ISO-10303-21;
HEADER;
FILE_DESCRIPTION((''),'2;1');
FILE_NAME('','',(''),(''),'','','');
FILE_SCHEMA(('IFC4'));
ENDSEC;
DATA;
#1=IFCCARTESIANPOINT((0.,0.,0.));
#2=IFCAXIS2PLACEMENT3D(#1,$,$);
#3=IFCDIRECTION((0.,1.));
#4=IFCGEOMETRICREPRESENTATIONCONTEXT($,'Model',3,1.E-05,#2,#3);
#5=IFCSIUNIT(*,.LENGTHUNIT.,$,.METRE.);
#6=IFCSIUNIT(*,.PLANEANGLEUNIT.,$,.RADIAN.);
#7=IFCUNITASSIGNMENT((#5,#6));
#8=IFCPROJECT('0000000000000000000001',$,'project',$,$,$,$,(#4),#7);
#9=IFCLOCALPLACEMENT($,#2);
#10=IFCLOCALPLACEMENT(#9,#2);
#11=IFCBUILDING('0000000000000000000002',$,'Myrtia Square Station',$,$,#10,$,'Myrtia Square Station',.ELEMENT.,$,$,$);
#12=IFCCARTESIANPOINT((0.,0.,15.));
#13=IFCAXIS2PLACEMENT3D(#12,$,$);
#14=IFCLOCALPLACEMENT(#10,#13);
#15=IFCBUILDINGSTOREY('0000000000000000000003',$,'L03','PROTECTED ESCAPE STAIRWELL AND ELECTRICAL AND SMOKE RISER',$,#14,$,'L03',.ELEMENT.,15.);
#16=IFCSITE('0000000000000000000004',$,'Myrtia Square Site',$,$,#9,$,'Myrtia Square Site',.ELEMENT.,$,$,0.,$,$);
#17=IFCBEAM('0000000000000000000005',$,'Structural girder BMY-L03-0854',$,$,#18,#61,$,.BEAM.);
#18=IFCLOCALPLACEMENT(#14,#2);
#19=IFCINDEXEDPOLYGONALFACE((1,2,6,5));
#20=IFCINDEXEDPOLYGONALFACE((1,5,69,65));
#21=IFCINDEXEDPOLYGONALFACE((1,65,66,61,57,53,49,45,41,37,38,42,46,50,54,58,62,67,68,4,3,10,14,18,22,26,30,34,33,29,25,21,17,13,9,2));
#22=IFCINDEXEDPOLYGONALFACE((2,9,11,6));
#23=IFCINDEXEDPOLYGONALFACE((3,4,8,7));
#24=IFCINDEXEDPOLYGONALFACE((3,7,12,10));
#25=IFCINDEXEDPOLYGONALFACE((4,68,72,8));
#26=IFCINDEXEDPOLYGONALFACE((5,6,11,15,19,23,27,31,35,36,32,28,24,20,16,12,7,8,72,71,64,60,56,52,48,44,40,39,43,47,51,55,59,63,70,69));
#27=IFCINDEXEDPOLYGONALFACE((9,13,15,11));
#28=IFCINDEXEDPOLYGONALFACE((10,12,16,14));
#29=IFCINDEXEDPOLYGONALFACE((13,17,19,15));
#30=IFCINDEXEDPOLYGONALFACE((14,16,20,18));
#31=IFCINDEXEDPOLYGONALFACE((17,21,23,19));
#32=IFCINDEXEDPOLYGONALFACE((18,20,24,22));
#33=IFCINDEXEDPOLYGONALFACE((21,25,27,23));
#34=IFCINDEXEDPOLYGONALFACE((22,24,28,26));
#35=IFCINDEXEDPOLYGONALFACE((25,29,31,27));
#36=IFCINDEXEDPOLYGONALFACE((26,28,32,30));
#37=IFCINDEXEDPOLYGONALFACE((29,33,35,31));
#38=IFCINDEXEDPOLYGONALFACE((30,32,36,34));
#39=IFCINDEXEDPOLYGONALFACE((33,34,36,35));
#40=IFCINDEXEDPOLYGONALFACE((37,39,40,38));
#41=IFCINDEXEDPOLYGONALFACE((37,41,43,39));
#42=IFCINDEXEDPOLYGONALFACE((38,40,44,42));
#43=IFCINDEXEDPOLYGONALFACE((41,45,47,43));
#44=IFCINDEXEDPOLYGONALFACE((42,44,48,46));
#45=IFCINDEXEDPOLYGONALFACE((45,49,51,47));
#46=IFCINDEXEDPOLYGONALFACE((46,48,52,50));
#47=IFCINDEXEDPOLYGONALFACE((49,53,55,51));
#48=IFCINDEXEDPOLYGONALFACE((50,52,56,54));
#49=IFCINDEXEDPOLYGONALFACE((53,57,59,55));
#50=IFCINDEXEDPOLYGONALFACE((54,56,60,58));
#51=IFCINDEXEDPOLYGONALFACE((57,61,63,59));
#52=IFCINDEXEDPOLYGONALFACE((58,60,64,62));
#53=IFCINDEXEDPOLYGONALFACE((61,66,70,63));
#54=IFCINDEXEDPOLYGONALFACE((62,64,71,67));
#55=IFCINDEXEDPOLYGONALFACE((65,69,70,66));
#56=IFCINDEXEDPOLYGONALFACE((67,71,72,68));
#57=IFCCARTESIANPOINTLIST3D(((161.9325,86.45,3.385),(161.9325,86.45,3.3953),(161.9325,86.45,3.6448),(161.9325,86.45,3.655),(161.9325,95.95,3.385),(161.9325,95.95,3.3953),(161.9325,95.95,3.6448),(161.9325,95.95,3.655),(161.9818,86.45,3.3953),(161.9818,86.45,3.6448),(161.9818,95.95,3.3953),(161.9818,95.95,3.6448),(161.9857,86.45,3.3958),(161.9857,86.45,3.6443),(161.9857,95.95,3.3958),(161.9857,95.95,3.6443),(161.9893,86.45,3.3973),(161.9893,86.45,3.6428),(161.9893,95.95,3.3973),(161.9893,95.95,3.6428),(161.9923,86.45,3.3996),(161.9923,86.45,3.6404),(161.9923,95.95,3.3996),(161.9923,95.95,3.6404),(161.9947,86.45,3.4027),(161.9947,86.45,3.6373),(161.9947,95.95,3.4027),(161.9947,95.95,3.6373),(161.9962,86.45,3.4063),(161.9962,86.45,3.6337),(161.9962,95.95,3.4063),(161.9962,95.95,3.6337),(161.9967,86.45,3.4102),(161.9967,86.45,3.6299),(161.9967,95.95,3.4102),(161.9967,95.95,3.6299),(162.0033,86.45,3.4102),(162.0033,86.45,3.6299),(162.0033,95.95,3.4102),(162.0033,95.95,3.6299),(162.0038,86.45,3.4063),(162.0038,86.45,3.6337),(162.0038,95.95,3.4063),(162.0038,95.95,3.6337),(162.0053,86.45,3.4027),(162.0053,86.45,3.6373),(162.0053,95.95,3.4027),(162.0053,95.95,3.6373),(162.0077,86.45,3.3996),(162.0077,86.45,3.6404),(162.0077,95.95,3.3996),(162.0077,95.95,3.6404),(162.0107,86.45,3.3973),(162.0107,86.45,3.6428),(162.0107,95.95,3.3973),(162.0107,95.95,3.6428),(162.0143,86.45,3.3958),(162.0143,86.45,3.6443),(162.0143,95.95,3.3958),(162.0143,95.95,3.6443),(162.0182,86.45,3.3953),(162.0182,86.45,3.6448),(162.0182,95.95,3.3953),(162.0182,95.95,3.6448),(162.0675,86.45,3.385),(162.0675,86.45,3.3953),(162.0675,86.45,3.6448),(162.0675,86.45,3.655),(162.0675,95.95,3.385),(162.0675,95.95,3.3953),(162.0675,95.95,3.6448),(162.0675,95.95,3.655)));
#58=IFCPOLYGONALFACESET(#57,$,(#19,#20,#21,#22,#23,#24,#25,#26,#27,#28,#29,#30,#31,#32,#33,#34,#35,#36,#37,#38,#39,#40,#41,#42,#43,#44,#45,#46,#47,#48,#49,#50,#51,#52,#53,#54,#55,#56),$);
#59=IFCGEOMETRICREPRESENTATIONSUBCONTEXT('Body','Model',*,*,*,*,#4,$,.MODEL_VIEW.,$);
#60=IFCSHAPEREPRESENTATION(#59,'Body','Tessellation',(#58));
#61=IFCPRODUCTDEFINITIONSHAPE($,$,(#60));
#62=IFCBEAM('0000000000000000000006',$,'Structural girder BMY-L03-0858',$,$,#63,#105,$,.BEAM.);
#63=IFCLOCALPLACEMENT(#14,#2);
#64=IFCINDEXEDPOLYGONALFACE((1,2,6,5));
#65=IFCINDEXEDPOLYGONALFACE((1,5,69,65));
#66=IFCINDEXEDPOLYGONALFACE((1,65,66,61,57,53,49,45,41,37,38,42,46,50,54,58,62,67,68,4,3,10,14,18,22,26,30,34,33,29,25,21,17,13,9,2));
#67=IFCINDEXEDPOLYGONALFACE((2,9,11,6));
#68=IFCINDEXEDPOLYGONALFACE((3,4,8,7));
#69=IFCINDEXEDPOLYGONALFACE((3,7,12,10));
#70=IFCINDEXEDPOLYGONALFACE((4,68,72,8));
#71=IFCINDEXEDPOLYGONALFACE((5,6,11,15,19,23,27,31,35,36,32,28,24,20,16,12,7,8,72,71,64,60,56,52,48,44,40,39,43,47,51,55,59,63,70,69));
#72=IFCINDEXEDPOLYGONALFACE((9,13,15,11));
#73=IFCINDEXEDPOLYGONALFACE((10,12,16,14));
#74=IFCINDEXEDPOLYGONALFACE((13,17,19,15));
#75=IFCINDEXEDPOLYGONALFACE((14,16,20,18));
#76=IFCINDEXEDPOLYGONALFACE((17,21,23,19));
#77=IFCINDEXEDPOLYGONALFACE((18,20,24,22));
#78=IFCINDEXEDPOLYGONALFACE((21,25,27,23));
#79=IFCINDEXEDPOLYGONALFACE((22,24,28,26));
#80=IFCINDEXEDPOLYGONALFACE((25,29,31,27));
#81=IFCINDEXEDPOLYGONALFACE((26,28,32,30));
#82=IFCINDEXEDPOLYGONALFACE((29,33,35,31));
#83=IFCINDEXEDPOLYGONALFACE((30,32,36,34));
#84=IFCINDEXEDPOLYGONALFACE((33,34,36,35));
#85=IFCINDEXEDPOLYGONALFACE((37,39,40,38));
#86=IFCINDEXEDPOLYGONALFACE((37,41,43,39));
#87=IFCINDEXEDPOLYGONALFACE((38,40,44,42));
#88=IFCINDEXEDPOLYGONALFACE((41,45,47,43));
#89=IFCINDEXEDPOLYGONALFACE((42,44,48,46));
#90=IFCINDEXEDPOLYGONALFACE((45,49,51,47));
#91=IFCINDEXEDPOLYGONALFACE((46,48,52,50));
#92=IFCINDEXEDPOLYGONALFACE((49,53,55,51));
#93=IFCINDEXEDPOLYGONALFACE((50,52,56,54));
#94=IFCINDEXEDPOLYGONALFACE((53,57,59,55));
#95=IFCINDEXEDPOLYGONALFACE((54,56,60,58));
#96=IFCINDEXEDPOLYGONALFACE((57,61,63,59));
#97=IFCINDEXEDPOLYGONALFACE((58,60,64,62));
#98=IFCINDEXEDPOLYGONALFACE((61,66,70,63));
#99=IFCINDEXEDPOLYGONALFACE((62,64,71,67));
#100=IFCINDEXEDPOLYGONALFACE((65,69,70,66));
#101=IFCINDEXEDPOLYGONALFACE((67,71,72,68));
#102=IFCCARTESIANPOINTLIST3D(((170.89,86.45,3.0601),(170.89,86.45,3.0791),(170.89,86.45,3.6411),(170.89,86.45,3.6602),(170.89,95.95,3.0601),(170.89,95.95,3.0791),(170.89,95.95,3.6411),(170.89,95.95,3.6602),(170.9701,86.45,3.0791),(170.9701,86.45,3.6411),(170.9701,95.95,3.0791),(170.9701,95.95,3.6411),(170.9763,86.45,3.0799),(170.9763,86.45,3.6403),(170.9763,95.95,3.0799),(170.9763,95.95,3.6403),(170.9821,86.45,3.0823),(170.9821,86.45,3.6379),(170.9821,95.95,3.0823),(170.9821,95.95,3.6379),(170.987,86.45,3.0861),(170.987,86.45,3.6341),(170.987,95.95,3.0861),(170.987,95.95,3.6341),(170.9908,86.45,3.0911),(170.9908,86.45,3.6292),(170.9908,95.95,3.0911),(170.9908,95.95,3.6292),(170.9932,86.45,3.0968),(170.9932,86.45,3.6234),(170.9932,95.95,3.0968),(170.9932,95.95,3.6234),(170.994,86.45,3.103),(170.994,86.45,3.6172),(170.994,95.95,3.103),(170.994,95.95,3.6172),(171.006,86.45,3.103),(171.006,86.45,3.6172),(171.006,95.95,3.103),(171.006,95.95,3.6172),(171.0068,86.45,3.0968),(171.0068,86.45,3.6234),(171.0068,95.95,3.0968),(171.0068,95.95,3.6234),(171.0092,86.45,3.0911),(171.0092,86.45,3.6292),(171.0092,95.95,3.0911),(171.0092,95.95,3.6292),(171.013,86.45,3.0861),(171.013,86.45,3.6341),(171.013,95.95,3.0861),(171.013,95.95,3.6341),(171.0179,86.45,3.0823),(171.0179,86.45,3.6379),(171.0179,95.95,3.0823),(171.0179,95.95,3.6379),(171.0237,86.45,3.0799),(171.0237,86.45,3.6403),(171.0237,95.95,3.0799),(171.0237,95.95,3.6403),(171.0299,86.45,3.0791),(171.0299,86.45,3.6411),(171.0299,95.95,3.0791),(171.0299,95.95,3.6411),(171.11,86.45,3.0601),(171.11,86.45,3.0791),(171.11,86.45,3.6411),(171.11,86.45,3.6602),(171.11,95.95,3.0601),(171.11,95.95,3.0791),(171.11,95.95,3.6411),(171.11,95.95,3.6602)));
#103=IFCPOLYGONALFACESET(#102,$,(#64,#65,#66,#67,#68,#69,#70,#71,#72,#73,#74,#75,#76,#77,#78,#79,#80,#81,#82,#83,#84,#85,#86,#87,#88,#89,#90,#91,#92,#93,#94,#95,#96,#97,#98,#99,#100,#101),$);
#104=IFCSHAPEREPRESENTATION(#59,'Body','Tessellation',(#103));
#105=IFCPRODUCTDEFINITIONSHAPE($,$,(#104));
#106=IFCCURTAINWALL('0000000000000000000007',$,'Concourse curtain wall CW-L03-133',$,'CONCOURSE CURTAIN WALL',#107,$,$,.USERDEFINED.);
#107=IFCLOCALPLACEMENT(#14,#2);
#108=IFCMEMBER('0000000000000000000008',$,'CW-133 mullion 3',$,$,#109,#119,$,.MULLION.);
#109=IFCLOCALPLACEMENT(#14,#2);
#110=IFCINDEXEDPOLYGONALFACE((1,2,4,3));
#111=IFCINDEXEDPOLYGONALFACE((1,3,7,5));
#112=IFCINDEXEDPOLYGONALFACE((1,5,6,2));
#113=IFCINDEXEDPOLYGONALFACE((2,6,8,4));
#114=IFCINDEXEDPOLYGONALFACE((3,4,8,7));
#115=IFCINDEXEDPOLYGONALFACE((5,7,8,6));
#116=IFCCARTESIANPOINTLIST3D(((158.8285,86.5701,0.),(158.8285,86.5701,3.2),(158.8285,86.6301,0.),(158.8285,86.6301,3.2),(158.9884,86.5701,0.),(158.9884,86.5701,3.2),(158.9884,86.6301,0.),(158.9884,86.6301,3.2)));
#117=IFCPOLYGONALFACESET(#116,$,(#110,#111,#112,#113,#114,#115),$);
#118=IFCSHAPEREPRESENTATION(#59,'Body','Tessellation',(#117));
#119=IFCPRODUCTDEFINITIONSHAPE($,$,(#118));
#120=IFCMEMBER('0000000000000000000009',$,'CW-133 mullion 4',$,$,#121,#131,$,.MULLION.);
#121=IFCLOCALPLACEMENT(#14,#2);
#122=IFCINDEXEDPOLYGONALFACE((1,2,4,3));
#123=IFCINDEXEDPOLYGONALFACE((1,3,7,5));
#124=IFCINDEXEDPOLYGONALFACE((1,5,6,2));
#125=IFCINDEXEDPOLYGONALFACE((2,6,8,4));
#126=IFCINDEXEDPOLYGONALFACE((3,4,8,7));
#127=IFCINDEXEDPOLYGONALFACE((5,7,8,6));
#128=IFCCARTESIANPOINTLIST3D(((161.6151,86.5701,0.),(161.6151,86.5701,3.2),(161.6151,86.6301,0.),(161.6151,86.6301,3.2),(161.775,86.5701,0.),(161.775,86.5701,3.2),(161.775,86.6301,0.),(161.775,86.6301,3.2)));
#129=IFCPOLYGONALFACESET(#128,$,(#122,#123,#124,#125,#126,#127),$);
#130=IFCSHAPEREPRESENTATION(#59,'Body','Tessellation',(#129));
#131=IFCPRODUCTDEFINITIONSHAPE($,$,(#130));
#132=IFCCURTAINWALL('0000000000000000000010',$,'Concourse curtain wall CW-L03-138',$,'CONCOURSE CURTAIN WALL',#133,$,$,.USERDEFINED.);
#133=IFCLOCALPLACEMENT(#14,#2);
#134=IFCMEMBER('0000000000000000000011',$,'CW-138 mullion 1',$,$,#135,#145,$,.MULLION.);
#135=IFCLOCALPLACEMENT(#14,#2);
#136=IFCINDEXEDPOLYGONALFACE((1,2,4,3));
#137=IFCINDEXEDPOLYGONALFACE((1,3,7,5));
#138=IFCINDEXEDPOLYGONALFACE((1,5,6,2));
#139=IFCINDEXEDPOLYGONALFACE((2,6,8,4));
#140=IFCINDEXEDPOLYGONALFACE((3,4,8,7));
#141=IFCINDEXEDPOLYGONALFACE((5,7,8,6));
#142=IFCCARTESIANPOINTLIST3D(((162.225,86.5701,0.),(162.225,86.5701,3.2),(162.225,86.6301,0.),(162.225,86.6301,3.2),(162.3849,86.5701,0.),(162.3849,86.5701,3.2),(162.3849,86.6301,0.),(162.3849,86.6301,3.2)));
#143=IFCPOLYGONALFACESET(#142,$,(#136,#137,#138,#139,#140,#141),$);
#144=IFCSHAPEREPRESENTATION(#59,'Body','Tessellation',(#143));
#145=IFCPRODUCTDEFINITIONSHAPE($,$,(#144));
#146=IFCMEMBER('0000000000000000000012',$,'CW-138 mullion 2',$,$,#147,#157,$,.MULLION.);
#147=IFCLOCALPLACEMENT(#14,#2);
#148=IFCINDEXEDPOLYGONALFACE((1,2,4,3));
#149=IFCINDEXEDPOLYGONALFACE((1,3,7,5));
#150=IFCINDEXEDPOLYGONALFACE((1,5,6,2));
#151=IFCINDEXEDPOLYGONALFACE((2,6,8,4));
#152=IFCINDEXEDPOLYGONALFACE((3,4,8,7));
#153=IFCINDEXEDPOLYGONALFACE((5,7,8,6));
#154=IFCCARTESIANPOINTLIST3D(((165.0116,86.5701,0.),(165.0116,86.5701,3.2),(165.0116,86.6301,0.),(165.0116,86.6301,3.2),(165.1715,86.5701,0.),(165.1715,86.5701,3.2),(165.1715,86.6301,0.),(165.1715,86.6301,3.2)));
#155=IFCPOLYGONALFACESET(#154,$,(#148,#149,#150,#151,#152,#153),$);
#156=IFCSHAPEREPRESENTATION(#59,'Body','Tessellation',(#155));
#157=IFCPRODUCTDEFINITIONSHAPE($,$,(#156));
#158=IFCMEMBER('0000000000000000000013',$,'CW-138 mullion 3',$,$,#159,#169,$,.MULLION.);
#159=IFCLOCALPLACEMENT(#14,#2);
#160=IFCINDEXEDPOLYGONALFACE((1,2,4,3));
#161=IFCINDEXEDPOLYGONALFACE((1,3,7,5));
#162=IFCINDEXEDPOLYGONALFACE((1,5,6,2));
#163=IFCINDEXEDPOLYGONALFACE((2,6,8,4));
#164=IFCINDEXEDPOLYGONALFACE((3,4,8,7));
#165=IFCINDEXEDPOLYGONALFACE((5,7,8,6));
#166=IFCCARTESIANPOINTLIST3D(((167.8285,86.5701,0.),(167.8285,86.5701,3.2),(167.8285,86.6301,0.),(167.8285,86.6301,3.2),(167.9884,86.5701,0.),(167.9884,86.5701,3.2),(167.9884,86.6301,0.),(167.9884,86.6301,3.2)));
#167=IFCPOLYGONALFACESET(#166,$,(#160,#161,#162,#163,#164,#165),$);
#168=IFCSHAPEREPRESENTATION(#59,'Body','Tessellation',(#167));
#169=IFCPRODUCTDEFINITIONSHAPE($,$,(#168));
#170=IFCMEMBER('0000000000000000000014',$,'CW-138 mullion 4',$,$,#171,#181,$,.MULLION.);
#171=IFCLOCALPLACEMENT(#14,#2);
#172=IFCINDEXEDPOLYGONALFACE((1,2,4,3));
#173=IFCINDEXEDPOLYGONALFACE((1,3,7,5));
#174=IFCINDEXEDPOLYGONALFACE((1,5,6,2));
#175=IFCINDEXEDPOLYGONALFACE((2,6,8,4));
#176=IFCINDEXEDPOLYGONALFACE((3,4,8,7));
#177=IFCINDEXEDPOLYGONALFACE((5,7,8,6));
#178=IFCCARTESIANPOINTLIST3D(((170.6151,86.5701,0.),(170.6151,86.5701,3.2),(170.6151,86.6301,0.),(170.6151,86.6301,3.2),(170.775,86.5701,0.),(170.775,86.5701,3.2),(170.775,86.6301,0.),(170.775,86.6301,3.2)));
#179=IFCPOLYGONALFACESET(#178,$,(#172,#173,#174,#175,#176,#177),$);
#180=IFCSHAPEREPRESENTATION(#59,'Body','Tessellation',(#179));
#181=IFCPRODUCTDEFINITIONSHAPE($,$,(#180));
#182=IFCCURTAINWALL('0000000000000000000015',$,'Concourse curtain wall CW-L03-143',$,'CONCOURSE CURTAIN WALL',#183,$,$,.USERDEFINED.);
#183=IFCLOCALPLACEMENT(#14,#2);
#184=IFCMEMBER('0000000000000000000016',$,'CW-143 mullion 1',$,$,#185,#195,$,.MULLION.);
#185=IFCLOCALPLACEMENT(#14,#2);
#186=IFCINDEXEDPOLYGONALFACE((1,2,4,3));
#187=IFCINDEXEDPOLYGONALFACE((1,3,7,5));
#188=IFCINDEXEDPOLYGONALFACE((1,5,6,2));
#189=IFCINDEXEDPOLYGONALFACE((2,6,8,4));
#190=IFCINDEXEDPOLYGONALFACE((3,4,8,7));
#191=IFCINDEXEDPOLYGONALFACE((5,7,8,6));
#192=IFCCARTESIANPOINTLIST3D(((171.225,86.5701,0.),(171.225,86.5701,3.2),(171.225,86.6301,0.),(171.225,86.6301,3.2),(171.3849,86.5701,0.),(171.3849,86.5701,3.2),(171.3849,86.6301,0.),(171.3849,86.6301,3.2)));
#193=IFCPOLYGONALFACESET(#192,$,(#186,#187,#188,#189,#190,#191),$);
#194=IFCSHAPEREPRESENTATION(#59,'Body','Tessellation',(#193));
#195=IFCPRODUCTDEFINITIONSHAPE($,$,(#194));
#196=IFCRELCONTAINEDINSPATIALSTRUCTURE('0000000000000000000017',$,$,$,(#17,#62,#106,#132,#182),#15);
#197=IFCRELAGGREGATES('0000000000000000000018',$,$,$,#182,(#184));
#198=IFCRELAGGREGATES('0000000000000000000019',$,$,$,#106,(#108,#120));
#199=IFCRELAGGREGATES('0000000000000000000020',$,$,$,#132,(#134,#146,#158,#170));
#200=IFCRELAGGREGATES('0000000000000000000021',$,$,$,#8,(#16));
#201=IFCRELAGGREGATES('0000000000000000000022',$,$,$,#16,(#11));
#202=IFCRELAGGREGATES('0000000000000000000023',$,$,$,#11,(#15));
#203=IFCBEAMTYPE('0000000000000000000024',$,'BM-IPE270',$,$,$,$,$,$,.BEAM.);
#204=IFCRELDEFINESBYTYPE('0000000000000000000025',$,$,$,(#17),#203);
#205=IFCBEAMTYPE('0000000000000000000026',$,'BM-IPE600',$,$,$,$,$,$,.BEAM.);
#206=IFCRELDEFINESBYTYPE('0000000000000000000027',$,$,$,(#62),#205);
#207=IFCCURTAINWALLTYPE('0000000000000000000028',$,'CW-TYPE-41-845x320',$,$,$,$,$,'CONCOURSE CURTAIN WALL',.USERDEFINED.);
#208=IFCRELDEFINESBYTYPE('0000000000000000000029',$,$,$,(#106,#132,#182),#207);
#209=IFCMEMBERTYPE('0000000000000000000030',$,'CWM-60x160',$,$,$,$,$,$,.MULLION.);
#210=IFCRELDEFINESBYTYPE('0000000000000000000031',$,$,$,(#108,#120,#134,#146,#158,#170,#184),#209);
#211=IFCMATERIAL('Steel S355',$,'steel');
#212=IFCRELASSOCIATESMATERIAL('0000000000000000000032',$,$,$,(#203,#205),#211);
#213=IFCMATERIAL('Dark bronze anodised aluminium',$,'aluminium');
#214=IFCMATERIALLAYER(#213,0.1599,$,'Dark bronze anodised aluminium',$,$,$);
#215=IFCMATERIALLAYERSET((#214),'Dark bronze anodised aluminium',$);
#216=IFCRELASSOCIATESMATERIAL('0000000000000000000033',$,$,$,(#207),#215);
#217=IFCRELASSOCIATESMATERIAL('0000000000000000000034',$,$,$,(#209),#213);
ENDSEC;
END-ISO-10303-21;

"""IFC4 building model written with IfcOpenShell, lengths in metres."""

from ifc_helpers import new_model, si_unit, direction, frame, origin, origin_2d, place, context, subcontext, project, spatial, rectangle, i_section, extrude, material, layer, layer_set, material_profile, profile_set, type_object, element, aggregate, save


model = new_model("IFC4")

# Units and contexts
model_context = context("Model", 3, precision=1e-05, world=origin(), true_north=direction((0.0, 1.0)))
body_context = subcontext(model_context, "Body", "Model", "MODEL_VIEW")
ifc_project = project(units=[si_unit("LENGTHUNIT", "METRE"), si_unit("PLANEANGLEUNIT", "RADIAN")], contexts=[model_context])

# Site, building, storey
site_placement = place(None, origin())
site = spatial("IfcSite", under=ifc_project, at=site_placement, Name="Myrtia Square Site", LongName="Myrtia Square Site", CompositionType="ELEMENT", RefElevation=0.0)
building_placement = place(site_placement, origin())
building = spatial("IfcBuilding", under=site, at=building_placement, Name="Myrtia Square Station", LongName="Myrtia Square Station", CompositionType="ELEMENT")
storey_placement = place(building_placement, frame((0.0, 0.0, 15.0)))
storey = spatial("IfcBuildingStorey", under=building, at=storey_placement, Name="L03", Description="PROTECTED ESCAPE STAIRWELL AND ELECTRICAL AND SMOKE RISER", LongName="L03", CompositionType="ELEMENT", Elevation=15.0)

# Beams
ifc_material_1 = material(Name="Steel S355", Category="steel")
ifc_material_profile_1 = material_profile(ifc_material_1, i_section(OverallWidth=0.135, OverallDepth=0.27, WebThickness=0.0066, FlangeThickness=0.0103, FilletRadius=0.0149, at=origin_2d()), Name="IPE 270")
ifc_profile_set_1 = profile_set([ifc_material_profile_1], Name="Steel S355")
beam_type_1 = type_object("IfcBeamType", Name="BM-IPE270", PredefinedType="BEAM", material=ifc_profile_set_1)
beam_1_placement = place(storey_placement, frame((162.0, 86.45, 3.52), z_axis=(0.0, 1.0, 0.0), x_axis=(-1.0, 0.0, 0.0)))
element("IfcBeam", 1, at=beam_1_placement, inside=storey, type_object=beam_type_1, Name="Structural girder BMY-L03-0854", PredefinedType="BEAM", context=body_context, shape_type="SweptSolid", body=[
    extrude(i_section(OverallWidth=0.135, OverallDepth=0.27, WebThickness=0.0066, FlangeThickness=0.0103, FilletRadius=0.0149, at=origin_2d()), origin(), (0.0, 0.0, 1.0), 9.5),
])
ifc_material_profile_2 = material_profile(ifc_material_1, i_section(OverallWidth=0.22, OverallDepth=0.6001, WebThickness=0.012, FlangeThickness=0.019, FilletRadius=0.0239, at=origin_2d()), Name="IPE 600")
ifc_profile_set_2 = profile_set([ifc_material_profile_2], Name="Steel S355")
beam_type_2 = type_object("IfcBeamType", Name="BM-IPE600", PredefinedType="BEAM", material=ifc_profile_set_2)
beam_2_placement = place(storey_placement, frame((171.0, 86.45, 3.3601), z_axis=(0.0, 1.0, 0.0), x_axis=(-1.0, 0.0, 0.0)))
element("IfcBeam", 2, at=beam_2_placement, inside=storey, type_object=beam_type_2, Name="Structural girder BMY-L03-0858", PredefinedType="BEAM", context=body_context, shape_type="SweptSolid", body=[
    extrude(i_section(OverallWidth=0.22, OverallDepth=0.6001, WebThickness=0.012, FlangeThickness=0.019, FilletRadius=0.0239, at=origin_2d()), origin(), (0.0, 0.0, 1.0), 9.5),
])

# Curtain walls, members
ifc_material_2 = material(Name="Dark bronze anodised aluminium", Category="aluminium")
ifc_layer_1 = layer(ifc_material_2, 0.1599, Name="Dark bronze anodised aluminium")
ifc_layer_set_1 = layer_set([ifc_layer_1], Name="Dark bronze anodised aluminium")
curtain_wall_type = type_object("IfcCurtainWallType", Name="CW-TYPE-41-845x320", ElementType="CONCOURSE CURTAIN WALL", PredefinedType="USERDEFINED", material=ifc_layer_set_1)
curtain_wall_1_placement = place(storey_placement, origin())
curtain_wall_1 = element("IfcCurtainWall", 3, at=curtain_wall_1_placement, inside=storey, type_object=curtain_wall_type, Name="Concourse curtain wall CW-L03-133", ObjectType="CONCOURSE CURTAIN WALL", PredefinedType="USERDEFINED")
ifc_material_profile_3 = material_profile(ifc_material_2, rectangle(XDim=0.0601, YDim=0.1599, at=origin_2d()), Name="ALU-M 60x160")
ifc_profile_set_3 = profile_set([ifc_material_profile_3], Name="Dark bronze anodised aluminium")
member_type_1 = type_object("IfcMemberType", Name="CWM-60x160", PredefinedType="MULLION", material=ifc_profile_set_3)
member_1_placement = place(storey_placement, frame((158.9084, 86.6001, 0.0), z_axis=(0.0, 0.0, 1.0), x_axis=(0.0, 1.0, 0.0)))
member_1 = element("IfcMember", 4, at=member_1_placement, type_object=member_type_1, Name="CW-133 mullion 3", PredefinedType="MULLION", context=body_context, shape_type="SweptSolid", body=[
    extrude(rectangle(XDim=0.0601, YDim=0.1599, at=origin_2d()), origin(), (0.0, 0.0, 1.0), 3.2),
])
member_2_placement = place(storey_placement, frame((161.6951, 86.6001, 0.0), z_axis=(0.0, 0.0, 1.0), x_axis=(0.0, 1.0, 0.0)))
member_2 = element("IfcMember", 5, at=member_2_placement, type_object=member_type_1, Name="CW-133 mullion 4", PredefinedType="MULLION", context=body_context, shape_type="SweptSolid", body=[
    extrude(rectangle(XDim=0.0601, YDim=0.1599, at=origin_2d()), origin(), (0.0, 0.0, 1.0), 3.2),
])
curtain_wall_2_placement = place(storey_placement, origin())
curtain_wall_2 = element("IfcCurtainWall", 6, at=curtain_wall_2_placement, inside=storey, type_object=curtain_wall_type, Name="Concourse curtain wall CW-L03-138", ObjectType="CONCOURSE CURTAIN WALL", PredefinedType="USERDEFINED")
member_3_placement = place(storey_placement, frame((162.3049, 86.6001, 0.0), z_axis=(0.0, 0.0, 1.0), x_axis=(0.0, 1.0, 0.0)))
member_3 = element("IfcMember", 7, at=member_3_placement, type_object=member_type_1, Name="CW-138 mullion 1", PredefinedType="MULLION", context=body_context, shape_type="SweptSolid", body=[
    extrude(rectangle(XDim=0.0601, YDim=0.1599, at=origin_2d()), origin(), (0.0, 0.0, 1.0), 3.2),
])
member_4_placement = place(storey_placement, frame((165.0916, 86.6001, 0.0), z_axis=(0.0, 0.0, 1.0), x_axis=(0.0, 1.0, 0.0)))
member_4 = element("IfcMember", 8, at=member_4_placement, type_object=member_type_1, Name="CW-138 mullion 2", PredefinedType="MULLION", context=body_context, shape_type="SweptSolid", body=[
    extrude(rectangle(XDim=0.0601, YDim=0.1599, at=origin_2d()), origin(), (0.0, 0.0, 1.0), 3.2),
])
member_5_placement = place(storey_placement, frame((167.9084, 86.6001, 0.0), z_axis=(0.0, 0.0, 1.0), x_axis=(0.0, 1.0, 0.0)))
member_5 = element("IfcMember", 9, at=member_5_placement, type_object=member_type_1, Name="CW-138 mullion 3", PredefinedType="MULLION", context=body_context, shape_type="SweptSolid", body=[
    extrude(rectangle(XDim=0.0601, YDim=0.1599, at=origin_2d()), origin(), (0.0, 0.0, 1.0), 3.2),
])
member_6_placement = place(storey_placement, frame((170.6951, 86.6001, 0.0), z_axis=(0.0, 0.0, 1.0), x_axis=(0.0, 1.0, 0.0)))
member_6 = element("IfcMember", 10, at=member_6_placement, type_object=member_type_1, Name="CW-138 mullion 4", PredefinedType="MULLION", context=body_context, shape_type="SweptSolid", body=[
    extrude(rectangle(XDim=0.0601, YDim=0.1599, at=origin_2d()), origin(), (0.0, 0.0, 1.0), 3.2),
])

# Curtain wall, member
curtain_wall_3_placement = place(storey_placement, origin())
curtain_wall_3 = element("IfcCurtainWall", 11, at=curtain_wall_3_placement, inside=storey, type_object=curtain_wall_type, Name="Concourse curtain wall CW-L03-143", ObjectType="CONCOURSE CURTAIN WALL", PredefinedType="USERDEFINED")
member_7_placement = place(storey_placement, frame((171.3049, 86.6001, 0.0), z_axis=(0.0, 0.0, 1.0), x_axis=(0.0, 1.0, 0.0)))
member_7 = element("IfcMember", 12, at=member_7_placement, type_object=member_type_1, Name="CW-143 mullion 1", PredefinedType="MULLION", context=body_context, shape_type="SweptSolid", body=[
    extrude(rectangle(XDim=0.0601, YDim=0.1599, at=origin_2d()), origin(), (0.0, 0.0, 1.0), 3.2),
])
aggregate(curtain_wall_3, [member_7])

aggregate(curtain_wall_1, [member_1, member_2])
aggregate(curtain_wall_2, [member_3, member_4, member_5, member_6])

save(model, "model.ifc")
